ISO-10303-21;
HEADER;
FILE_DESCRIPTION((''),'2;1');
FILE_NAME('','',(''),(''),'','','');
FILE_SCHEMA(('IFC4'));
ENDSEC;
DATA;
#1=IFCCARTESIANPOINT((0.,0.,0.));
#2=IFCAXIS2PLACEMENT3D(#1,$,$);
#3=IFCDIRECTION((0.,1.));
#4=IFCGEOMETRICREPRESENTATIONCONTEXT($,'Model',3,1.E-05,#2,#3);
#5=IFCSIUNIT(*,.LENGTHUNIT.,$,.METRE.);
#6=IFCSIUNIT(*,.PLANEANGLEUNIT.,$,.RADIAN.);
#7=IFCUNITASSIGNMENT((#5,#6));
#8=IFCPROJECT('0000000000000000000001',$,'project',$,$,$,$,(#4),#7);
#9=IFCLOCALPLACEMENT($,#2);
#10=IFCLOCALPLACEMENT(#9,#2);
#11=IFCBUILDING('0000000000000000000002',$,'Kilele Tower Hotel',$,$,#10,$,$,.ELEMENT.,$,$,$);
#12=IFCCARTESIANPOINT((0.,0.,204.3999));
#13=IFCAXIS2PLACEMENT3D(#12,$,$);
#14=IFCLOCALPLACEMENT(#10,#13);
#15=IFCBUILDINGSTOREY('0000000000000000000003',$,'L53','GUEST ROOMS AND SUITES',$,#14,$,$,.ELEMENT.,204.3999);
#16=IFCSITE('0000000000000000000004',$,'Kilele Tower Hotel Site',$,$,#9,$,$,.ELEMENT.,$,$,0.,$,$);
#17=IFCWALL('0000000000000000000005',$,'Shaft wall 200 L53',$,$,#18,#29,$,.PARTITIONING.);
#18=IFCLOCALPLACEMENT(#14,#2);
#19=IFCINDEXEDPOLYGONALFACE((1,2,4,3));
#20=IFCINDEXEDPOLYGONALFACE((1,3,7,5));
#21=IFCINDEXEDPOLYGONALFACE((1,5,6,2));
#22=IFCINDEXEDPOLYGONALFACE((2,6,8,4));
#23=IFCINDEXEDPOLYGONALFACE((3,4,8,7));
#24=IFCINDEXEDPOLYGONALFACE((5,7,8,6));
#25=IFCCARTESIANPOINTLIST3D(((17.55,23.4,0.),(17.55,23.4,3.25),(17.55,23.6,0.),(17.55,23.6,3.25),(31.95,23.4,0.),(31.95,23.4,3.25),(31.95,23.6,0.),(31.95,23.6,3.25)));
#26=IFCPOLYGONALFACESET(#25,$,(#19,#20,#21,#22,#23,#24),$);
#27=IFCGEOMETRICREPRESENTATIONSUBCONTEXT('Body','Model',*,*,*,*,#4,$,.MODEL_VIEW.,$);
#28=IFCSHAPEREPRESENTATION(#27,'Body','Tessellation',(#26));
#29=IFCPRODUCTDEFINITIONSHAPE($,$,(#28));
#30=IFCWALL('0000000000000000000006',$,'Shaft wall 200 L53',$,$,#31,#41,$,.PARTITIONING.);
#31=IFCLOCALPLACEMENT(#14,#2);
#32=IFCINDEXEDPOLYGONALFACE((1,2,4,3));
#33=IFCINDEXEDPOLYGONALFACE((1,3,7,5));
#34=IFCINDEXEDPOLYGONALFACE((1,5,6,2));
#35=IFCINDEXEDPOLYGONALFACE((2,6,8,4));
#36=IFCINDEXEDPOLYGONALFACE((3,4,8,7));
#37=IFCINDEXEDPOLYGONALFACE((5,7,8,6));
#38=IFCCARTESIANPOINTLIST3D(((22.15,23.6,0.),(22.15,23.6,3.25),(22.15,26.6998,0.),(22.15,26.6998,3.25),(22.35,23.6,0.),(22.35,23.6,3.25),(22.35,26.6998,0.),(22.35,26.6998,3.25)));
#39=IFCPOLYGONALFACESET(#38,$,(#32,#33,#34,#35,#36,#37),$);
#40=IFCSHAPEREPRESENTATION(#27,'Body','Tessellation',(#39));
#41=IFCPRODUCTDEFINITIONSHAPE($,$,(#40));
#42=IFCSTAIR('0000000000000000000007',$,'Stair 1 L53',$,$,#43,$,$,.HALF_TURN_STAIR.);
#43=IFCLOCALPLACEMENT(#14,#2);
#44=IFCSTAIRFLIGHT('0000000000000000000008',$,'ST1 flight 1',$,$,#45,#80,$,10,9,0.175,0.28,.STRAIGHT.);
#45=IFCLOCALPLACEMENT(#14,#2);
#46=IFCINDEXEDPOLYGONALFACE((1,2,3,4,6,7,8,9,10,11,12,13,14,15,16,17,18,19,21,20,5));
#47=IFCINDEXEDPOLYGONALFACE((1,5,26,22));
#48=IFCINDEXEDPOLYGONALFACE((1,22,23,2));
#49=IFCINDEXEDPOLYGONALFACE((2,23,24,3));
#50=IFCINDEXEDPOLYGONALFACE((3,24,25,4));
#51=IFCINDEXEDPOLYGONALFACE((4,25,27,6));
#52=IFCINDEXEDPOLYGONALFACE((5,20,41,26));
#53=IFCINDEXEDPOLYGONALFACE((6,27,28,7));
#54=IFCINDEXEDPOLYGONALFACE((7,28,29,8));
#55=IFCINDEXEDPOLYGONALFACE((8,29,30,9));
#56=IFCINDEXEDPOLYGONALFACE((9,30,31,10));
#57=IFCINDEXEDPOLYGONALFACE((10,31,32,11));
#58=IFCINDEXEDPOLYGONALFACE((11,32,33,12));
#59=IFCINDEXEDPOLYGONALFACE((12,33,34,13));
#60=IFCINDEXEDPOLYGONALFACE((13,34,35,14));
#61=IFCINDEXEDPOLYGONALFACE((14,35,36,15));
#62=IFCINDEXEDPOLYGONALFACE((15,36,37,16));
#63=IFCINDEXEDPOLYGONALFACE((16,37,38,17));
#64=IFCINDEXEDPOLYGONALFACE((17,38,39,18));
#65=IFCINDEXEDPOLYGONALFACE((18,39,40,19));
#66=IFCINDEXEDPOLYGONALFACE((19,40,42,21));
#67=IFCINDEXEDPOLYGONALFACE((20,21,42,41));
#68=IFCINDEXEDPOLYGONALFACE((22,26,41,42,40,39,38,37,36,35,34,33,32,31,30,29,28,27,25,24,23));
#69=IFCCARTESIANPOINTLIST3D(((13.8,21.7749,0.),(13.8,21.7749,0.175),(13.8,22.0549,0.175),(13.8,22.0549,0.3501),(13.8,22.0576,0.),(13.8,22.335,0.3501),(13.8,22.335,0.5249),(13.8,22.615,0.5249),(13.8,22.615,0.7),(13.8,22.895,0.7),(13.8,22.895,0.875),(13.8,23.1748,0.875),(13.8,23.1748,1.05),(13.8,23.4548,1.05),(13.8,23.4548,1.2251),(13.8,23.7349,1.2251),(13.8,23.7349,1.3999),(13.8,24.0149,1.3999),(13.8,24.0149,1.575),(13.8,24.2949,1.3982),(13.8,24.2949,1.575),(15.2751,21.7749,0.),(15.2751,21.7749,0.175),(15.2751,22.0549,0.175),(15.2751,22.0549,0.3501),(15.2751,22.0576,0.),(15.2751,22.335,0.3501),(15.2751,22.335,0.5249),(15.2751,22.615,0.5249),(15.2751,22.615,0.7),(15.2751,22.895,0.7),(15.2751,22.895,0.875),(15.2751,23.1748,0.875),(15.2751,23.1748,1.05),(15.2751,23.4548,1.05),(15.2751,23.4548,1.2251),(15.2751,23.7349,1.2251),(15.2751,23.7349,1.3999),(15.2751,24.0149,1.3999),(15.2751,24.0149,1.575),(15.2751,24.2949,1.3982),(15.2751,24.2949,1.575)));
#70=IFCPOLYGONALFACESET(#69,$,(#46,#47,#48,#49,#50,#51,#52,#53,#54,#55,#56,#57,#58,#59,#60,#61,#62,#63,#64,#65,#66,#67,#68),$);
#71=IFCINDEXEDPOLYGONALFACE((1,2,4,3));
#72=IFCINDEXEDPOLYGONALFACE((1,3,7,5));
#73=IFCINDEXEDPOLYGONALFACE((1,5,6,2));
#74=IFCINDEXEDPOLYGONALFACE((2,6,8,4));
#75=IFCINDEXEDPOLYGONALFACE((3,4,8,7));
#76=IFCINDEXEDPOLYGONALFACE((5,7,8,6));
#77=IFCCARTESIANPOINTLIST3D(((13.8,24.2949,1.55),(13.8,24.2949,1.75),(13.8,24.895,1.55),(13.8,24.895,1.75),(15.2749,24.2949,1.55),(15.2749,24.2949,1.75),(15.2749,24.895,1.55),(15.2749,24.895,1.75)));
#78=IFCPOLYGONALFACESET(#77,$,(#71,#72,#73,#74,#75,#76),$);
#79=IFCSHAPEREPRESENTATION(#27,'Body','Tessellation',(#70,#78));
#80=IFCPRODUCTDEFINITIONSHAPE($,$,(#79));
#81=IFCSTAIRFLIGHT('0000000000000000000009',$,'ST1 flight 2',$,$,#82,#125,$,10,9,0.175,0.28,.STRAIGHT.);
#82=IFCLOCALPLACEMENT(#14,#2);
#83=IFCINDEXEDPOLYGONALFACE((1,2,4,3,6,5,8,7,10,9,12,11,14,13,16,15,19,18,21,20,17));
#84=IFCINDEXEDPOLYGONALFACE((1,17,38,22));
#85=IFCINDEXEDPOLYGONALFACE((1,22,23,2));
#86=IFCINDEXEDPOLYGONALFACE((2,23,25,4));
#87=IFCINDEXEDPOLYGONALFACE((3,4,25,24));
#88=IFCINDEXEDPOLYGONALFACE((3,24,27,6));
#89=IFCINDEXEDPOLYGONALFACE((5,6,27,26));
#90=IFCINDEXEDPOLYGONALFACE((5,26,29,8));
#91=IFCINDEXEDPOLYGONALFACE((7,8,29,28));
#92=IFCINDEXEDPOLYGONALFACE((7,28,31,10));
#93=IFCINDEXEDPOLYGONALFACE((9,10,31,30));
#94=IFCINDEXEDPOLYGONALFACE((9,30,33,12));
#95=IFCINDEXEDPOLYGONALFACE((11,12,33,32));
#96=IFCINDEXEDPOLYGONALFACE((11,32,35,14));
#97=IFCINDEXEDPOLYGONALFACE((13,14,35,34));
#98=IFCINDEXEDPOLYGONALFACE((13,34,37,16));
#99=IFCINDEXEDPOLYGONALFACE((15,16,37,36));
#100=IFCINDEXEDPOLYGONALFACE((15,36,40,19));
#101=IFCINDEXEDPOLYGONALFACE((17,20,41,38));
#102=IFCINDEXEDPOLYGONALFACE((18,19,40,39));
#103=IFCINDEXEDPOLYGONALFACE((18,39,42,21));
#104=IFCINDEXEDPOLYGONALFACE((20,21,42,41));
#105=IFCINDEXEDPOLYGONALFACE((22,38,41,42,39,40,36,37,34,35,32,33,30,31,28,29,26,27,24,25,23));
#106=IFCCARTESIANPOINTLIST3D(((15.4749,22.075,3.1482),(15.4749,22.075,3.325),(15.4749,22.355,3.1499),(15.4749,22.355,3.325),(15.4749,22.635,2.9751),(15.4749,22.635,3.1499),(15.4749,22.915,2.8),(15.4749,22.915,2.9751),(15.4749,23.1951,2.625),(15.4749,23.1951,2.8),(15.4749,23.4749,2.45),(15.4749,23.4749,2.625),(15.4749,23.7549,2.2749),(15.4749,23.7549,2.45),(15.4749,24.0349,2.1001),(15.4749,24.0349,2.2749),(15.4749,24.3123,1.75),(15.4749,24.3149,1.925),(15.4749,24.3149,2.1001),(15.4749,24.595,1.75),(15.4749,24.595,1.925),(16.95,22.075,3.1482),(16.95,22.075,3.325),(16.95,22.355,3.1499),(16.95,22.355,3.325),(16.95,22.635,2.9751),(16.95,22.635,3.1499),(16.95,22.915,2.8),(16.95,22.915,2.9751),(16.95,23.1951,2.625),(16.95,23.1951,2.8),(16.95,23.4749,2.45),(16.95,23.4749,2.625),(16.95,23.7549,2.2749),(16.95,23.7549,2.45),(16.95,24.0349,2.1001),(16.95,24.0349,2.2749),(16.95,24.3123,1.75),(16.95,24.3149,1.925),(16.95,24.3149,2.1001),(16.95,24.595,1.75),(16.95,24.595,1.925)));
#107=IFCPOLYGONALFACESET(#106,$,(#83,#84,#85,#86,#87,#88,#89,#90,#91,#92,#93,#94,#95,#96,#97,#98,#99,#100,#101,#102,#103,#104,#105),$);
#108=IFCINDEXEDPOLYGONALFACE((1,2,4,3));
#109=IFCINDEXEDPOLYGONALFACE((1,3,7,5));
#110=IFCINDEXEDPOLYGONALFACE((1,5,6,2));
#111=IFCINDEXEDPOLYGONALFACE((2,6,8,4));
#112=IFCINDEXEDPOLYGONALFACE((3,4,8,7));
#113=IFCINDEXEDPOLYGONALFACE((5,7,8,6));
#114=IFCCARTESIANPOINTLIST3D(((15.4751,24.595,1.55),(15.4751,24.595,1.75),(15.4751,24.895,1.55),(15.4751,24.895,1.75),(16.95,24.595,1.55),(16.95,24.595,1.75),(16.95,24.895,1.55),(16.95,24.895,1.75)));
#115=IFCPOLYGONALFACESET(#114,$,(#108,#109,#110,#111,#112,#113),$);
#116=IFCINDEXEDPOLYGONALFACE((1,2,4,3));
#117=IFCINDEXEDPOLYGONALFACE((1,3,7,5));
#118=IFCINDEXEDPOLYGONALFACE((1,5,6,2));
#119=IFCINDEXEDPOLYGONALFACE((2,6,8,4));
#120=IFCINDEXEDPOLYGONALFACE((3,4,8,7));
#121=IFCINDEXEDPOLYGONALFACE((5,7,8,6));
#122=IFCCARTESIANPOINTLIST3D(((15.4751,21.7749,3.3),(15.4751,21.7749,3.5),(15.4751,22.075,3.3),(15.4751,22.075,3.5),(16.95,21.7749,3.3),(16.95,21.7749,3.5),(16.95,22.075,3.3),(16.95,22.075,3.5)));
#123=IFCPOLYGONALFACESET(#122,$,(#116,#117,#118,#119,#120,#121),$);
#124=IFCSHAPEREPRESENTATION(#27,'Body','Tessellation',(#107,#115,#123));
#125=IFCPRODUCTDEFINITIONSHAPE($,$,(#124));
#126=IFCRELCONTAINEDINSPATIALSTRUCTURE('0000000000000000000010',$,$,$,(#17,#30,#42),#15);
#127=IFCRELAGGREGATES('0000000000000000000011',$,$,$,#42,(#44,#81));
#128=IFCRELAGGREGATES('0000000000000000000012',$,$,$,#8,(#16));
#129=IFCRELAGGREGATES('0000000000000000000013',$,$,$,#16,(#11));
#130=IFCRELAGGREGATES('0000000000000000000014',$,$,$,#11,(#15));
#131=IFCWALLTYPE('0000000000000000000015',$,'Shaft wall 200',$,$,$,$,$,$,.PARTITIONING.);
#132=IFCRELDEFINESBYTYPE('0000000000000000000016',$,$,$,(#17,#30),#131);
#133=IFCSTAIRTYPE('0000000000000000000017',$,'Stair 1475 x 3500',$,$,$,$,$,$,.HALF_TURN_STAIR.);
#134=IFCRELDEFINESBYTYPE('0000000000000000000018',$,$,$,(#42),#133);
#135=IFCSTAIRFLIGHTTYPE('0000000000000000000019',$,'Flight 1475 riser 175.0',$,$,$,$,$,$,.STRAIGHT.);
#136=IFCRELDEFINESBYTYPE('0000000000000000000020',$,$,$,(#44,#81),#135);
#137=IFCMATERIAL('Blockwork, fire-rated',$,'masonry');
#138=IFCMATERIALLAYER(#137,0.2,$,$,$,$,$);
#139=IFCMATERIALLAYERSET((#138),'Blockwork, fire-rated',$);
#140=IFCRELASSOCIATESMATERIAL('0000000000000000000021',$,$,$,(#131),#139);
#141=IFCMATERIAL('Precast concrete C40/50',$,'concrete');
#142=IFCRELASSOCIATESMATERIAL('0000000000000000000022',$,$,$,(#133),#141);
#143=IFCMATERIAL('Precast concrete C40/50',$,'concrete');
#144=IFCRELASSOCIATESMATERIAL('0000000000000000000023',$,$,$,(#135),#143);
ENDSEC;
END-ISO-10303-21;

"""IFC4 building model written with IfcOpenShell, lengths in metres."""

from ifc_helpers import new_model, si_unit, direction, frame, frame_2d, origin, place, context, subcontext, project, spatial, polyline, rectangle, outline, extrude, material, layer, layer_set, type_object, element, aggregate, save


model = new_model("IFC4")

# Units and contexts
model_context = context("Model", 3, precision=1e-05, world=origin(), true_north=direction((0.0, 1.0)))
body_context = subcontext(model_context, "Body", "Model", "MODEL_VIEW")
ifc_project = project(units=[si_unit("LENGTHUNIT", "METRE"), si_unit("PLANEANGLEUNIT", "RADIAN")], contexts=[model_context])

# Site, building, storey
site_placement = place(None, origin())
site = spatial("IfcSite", under=ifc_project, at=site_placement, Name="Kilele Tower Hotel Site", CompositionType="ELEMENT", RefElevation=0.0)
building_placement = place(site_placement, origin())
building = spatial("IfcBuilding", under=site, at=building_placement, Name="Kilele Tower Hotel", CompositionType="ELEMENT")
storey_placement = place(building_placement, frame((0.0, 0.0, 204.3999)))
storey = spatial("IfcBuildingStorey", under=building, at=storey_placement, Name="L53", Description="GUEST ROOMS AND SUITES", CompositionType="ELEMENT", Elevation=204.3999)

# Walls
ifc_material_1 = material(Name="Blockwork, fire-rated", Category="masonry")
ifc_layer_1 = layer(ifc_material_1, 0.2)
ifc_layer_set_1 = layer_set([ifc_layer_1], Name="Blockwork, fire-rated")
wall_type_1 = type_object("IfcWallType", Name="Shaft wall 200", PredefinedType="PARTITIONING", material=ifc_layer_set_1)
wall_1_placement = place(storey_placement, frame((17.55, 23.5, 0.0), z_axis=(0.0, 0.0, 1.0), x_axis=(1.0, 0.0, 0.0)))
element("IfcWall", 1, at=wall_1_placement, inside=storey, type_object=wall_type_1, Name="Shaft wall 200 L53", PredefinedType="PARTITIONING", context=body_context, shape_type="SweptSolid", body=[
    extrude(rectangle(XDim=14.3999, YDim=0.2, at=frame_2d((7.2, 0.0))), origin(), (0.0, 0.0, 1.0), 3.25),
])
wall_2_placement = place(storey_placement, frame((22.25, 23.6001, 0.0), z_axis=(0.0, 0.0, 1.0), x_axis=(0.0, 1.0, 0.0)))
element("IfcWall", 2, at=wall_2_placement, inside=storey, type_object=wall_type_1, Name="Shaft wall 200 L53", PredefinedType="PARTITIONING", context=body_context, shape_type="SweptSolid", body=[
    extrude(rectangle(XDim=3.0999, YDim=0.2, at=frame_2d((1.5498, 0.0))), origin(), (0.0, 0.0, 1.0), 3.25),
])

# Stair, stair flights
ifc_material_2 = material(Name="Precast concrete C40/50", Category="concrete")
stair_type = type_object("IfcStairType", Name="Stair 1475 x 3500", PredefinedType="HALF_TURN_STAIR", material=ifc_material_2)
stair_placement = place(storey_placement, origin())
stair = element("IfcStair", 3, at=stair_placement, inside=storey, type_object=stair_type, Name="Stair 1 L53", PredefinedType="HALF_TURN_STAIR")
ifc_material_3 = material(Name="Precast concrete C40/50", Category="concrete")
stair_flight_type = type_object("IfcStairFlightType", Name="Flight 1475 riser 175.0", PredefinedType="STRAIGHT", material=ifc_material_3)
stair_flight_1_placement = place(storey_placement, frame((14.5376, 21.7749, 0.0), z_axis=(0.0, 0.0, 1.0), x_axis=(0.0, 1.0, 0.0)))
stair_flight_1 = element("IfcStairFlight", 4, at=stair_flight_1_placement, type_object=stair_flight_type, Name="ST1 flight 1", NumberOfRisers=10, NumberOfTreads=9, PredefinedType="STRAIGHT", RiserHeight=0.175, TreadLength=0.28, context=body_context, shape_type="SweptSolid", body=[
    extrude(outline(polyline([(0.0, 0.0), (0.0, 0.175), (0.28, 0.175), (0.28, 0.3501), (0.5601, 0.3501), (0.5601, 0.5249), (0.8401, 0.5249), (0.8401, 0.7), (1.1201, 0.7), (1.1201, 0.875), (1.3999, 0.875), (1.3999, 1.05), (1.6799, 1.05), (1.6799, 1.2251), (1.96, 1.2251), (1.96, 1.3999), (2.24, 1.3999), (2.24, 1.575), (2.52, 1.575), (2.52, 1.75), (2.52, 1.3982), (0.2827, 0.0), (0.0, 0.0)])), frame((0.0, 0.7375, 0.0), z_axis=(0.0, -1.0, 0.0), x_axis=(1.0, 0.0, 0.0)), (0.0, 0.0, 1.0), 1.4751),
    extrude(outline(polyline([(2.52, 0.7375), (2.52, -0.7373), (3.1201, -0.7373), (3.1201, 0.7375), (2.52, 0.7375)])), frame((0.0, 0.0, 1.55)), (0.0, 0.0, 1.0), 0.2),
])
stair_flight_2_placement = place(storey_placement, frame((16.2124, 24.595, 1.75), z_axis=(0.0, 0.0, 1.0), x_axis=(0.0, -1.0, 0.0)))
stair_flight_2 = element("IfcStairFlight", 5, at=stair_flight_2_placement, type_object=stair_flight_type, Name="ST1 flight 2", NumberOfRisers=10, NumberOfTreads=9, PredefinedType="STRAIGHT", RiserHeight=0.175, TreadLength=0.28, context=body_context, shape_type="SweptSolid", body=[
    extrude(outline(polyline([(0.0, 0.0), (0.0, 0.175), (0.28, 0.175), (0.28, 0.3501), (0.5601, 0.3501), (0.5601, 0.5249), (0.8401, 0.5249), (0.8401, 0.7), (1.1201, 0.7), (1.1201, 0.875), (1.3999, 0.875), (1.3999, 1.05), (1.6799, 1.05), (1.6799, 1.2251), (1.96, 1.2251), (1.96, 1.3999), (2.24, 1.3999), (2.24, 1.575), (2.52, 1.575), (2.52, 1.75), (2.52, 1.3982), (0.2827, 0.0), (0.0, 0.0)])), frame((0.0, 0.7375, 0.0), z_axis=(0.0, -1.0, 0.0), x_axis=(1.0, 0.0, 0.0)), (0.0, 0.0, 1.0), 1.4751),
    extrude(outline(polyline([(0.0, -0.7373), (0.0, 0.7375), (-0.3, 0.7375), (-0.3, -0.7373), (0.0, -0.7373)])), frame((0.0, 0.0, -0.2)), (0.0, 0.0, 1.0), 0.2),
    extrude(outline(polyline([(2.8201, -0.7373), (2.8201, 0.7375), (2.52, 0.7375), (2.52, -0.7373), (2.8201, -0.7373)])), frame((0.0, 0.0, 1.55)), (0.0, 0.0, 1.0), 0.2),
])
aggregate(stair, [stair_flight_1, stair_flight_2])

save(model, "model.ifc")
